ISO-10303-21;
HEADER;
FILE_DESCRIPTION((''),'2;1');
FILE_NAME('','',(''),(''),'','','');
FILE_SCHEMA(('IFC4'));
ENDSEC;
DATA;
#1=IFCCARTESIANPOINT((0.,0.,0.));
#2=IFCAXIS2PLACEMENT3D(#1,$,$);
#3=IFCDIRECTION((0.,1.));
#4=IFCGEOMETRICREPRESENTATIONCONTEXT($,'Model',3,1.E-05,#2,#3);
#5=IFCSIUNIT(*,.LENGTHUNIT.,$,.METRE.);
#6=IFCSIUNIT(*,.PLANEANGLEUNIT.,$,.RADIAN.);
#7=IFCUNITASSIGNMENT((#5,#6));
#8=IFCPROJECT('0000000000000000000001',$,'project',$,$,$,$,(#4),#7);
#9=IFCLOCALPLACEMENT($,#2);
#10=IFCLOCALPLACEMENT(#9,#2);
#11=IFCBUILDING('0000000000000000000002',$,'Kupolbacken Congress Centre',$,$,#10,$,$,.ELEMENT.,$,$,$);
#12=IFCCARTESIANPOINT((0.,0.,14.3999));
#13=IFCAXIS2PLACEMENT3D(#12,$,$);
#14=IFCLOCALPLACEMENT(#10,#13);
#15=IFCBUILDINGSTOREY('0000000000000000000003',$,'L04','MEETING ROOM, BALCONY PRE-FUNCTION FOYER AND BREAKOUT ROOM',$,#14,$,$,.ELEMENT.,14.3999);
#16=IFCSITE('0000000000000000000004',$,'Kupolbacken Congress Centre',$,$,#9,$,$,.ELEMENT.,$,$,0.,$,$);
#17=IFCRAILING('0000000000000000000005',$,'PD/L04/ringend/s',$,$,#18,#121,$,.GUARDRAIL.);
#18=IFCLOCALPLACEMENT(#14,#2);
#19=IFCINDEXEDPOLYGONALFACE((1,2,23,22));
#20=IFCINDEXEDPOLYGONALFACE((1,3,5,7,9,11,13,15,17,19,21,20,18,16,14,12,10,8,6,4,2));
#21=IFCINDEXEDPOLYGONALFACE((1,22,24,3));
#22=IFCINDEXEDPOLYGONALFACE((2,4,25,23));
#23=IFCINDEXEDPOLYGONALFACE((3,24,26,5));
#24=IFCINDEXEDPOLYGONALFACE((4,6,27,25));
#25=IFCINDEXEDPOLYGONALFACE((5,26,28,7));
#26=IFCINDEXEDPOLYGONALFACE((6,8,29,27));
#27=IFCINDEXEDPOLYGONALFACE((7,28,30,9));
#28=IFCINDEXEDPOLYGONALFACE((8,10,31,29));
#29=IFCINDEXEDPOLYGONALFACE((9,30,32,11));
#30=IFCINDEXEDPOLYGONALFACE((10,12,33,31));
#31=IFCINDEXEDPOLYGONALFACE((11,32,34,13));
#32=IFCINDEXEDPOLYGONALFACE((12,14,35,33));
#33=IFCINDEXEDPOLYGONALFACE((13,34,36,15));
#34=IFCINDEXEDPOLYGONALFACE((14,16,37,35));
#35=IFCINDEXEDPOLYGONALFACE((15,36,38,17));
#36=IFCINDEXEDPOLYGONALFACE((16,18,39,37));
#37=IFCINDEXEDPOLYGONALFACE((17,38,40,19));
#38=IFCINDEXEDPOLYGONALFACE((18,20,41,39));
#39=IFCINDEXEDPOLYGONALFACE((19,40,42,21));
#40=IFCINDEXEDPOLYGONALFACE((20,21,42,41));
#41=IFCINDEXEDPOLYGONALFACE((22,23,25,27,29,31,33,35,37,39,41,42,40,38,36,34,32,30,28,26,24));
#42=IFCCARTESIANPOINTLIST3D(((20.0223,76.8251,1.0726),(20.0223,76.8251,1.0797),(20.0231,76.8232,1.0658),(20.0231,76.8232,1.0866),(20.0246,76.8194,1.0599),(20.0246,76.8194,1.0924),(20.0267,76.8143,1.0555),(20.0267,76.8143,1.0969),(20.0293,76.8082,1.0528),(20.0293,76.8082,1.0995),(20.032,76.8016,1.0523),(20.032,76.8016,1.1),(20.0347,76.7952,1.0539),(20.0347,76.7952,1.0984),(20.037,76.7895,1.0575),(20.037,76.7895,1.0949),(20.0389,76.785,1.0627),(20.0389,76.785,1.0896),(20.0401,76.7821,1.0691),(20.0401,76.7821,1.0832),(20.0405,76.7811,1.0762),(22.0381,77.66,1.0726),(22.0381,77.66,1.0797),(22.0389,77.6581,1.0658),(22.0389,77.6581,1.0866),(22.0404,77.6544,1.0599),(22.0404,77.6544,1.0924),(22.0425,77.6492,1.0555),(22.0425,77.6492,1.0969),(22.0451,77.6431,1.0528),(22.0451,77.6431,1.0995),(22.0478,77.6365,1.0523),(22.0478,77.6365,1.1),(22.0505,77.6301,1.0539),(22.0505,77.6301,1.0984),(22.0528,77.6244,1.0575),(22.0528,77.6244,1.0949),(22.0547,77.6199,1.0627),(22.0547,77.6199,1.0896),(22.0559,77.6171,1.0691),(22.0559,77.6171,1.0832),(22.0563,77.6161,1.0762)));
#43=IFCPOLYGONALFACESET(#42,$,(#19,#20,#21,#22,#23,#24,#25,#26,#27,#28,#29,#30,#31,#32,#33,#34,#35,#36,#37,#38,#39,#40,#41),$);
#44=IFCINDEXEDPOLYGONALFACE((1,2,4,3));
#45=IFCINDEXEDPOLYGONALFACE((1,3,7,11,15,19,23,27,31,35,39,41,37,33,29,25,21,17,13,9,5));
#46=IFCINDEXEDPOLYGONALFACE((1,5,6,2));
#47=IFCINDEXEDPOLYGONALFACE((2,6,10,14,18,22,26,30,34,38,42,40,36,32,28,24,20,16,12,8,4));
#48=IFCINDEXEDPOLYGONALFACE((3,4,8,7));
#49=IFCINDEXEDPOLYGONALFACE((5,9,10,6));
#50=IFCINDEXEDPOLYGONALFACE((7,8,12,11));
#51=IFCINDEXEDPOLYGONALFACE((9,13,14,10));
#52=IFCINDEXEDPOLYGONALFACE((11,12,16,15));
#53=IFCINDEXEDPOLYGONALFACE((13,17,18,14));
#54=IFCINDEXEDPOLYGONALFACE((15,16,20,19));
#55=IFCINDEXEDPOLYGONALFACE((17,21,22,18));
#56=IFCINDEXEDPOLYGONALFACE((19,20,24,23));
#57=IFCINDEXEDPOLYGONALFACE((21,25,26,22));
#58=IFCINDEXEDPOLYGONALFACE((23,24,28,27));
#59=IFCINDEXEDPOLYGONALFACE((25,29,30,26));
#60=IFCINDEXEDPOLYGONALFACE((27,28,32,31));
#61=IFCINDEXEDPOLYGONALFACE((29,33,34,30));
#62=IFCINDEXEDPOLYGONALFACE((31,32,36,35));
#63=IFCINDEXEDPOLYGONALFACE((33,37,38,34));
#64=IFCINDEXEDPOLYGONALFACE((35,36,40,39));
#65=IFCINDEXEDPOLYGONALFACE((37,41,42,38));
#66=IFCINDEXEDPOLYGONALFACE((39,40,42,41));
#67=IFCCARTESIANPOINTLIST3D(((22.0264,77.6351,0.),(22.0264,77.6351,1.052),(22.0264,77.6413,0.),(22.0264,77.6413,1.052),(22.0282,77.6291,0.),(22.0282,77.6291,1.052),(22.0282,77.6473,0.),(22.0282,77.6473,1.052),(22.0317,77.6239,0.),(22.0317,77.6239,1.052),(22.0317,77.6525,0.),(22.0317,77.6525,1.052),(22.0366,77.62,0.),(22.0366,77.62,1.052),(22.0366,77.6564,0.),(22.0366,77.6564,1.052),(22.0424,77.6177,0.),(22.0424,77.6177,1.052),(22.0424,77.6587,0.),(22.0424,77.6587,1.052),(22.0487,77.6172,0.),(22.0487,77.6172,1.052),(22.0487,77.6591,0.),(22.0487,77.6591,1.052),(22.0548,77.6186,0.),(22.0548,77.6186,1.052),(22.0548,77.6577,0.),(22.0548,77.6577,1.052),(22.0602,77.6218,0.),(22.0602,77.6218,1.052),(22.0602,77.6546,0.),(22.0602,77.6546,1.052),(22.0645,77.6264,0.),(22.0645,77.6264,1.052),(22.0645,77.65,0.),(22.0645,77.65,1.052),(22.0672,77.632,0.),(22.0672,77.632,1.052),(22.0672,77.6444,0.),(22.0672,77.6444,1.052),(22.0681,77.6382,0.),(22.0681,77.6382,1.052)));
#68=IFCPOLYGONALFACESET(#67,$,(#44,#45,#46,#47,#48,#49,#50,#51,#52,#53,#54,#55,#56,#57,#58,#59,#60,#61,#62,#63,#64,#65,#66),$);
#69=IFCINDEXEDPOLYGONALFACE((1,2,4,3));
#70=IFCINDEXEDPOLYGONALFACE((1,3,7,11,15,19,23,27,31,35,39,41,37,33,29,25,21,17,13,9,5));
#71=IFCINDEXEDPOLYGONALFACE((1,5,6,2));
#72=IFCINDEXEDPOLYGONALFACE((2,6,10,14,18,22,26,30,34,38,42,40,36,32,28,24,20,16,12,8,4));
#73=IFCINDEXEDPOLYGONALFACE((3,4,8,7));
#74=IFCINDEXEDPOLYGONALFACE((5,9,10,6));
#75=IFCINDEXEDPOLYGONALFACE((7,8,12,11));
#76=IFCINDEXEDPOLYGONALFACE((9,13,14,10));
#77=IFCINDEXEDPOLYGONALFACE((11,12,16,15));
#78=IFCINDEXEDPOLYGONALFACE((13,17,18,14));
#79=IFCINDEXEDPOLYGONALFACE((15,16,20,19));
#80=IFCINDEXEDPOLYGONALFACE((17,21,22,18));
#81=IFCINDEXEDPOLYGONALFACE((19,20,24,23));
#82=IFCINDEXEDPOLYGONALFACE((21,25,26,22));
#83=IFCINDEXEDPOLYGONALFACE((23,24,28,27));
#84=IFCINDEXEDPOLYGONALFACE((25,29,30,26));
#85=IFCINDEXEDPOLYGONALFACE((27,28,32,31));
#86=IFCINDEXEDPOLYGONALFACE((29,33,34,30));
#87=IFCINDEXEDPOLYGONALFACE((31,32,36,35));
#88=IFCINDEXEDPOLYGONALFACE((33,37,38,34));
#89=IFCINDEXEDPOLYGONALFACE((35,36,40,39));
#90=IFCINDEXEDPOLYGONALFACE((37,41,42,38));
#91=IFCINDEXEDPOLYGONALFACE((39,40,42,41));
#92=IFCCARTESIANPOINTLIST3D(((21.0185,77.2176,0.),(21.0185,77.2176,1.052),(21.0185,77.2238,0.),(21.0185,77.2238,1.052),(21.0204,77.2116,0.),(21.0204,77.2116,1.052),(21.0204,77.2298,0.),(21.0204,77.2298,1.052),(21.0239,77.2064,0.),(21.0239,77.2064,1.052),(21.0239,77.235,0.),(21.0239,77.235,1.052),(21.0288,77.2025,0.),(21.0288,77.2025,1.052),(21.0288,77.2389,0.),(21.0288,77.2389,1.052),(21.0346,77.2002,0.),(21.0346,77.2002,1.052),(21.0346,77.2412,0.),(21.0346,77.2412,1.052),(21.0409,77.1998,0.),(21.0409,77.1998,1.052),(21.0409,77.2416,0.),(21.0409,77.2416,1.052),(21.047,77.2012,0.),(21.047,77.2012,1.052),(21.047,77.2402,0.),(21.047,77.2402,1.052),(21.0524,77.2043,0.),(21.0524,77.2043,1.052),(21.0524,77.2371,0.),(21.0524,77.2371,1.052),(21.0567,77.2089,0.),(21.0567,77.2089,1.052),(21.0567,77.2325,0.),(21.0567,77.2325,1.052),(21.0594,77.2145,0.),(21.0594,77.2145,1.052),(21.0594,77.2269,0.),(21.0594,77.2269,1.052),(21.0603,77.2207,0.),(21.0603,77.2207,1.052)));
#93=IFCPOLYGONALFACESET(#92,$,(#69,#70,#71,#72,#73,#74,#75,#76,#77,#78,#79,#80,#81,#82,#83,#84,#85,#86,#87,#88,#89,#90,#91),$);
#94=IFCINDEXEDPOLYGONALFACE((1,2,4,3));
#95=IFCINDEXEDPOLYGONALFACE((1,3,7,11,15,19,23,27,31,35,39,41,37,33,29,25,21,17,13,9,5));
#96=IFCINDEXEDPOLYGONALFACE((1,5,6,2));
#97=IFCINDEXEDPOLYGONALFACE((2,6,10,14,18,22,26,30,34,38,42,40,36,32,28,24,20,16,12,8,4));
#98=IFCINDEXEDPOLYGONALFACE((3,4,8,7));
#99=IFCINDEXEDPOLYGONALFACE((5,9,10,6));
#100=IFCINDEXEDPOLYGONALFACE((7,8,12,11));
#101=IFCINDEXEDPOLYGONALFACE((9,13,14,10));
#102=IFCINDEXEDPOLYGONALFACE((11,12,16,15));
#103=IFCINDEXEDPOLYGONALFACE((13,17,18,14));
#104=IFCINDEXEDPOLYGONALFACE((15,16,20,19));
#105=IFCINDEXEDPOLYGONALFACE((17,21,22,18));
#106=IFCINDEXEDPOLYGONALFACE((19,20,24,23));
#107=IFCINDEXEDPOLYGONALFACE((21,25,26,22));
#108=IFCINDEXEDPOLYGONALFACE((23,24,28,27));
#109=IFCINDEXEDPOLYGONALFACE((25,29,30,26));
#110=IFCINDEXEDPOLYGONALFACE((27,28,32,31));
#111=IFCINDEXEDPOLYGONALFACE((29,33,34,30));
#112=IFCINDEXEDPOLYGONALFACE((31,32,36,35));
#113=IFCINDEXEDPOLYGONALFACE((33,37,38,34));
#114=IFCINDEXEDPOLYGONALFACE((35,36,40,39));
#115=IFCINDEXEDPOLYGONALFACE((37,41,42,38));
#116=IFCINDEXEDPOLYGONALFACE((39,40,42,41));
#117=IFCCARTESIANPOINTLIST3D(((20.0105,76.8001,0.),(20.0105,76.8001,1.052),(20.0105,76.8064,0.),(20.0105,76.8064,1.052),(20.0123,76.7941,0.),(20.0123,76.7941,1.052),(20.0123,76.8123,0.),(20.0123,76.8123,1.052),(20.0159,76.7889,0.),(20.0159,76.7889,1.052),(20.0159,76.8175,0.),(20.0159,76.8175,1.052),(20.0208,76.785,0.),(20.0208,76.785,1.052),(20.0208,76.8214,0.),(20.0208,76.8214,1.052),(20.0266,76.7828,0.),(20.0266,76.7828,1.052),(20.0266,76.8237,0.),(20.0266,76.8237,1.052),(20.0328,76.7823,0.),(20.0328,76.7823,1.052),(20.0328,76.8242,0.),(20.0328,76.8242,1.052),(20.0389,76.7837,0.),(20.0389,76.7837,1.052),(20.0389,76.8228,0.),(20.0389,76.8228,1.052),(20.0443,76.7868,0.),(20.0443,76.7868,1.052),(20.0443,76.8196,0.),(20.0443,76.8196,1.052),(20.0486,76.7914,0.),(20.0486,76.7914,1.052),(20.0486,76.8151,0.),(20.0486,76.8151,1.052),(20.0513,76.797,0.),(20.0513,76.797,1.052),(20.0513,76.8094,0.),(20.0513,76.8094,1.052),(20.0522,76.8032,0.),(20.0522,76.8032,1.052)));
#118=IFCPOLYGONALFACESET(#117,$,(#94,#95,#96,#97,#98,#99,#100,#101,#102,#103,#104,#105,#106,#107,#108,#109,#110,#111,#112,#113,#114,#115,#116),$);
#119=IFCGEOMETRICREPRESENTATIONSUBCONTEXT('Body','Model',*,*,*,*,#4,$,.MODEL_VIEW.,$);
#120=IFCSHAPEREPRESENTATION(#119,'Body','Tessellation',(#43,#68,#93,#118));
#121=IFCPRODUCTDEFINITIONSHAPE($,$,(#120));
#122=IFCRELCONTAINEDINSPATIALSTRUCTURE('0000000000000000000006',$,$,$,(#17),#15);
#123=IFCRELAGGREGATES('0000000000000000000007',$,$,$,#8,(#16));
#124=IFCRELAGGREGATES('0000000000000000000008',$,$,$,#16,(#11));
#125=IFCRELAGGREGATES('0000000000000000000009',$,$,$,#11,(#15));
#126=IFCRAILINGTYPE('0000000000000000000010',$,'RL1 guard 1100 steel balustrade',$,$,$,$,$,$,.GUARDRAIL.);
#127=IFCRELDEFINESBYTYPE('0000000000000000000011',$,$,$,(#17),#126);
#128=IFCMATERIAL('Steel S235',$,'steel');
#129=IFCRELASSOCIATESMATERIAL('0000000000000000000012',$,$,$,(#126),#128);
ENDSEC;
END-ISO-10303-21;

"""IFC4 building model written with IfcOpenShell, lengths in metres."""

from ifc_helpers import new_model, si_unit, direction, frame, origin, origin_2d, place, context, subcontext, project, spatial, circle, extrude, material, type_object, element, save


model = new_model("IFC4")

# Units and contexts
model_context = context("Model", 3, precision=1e-05, world=origin(), true_north=direction((0.0, 1.0)))
body_context = subcontext(model_context, "Body", "Model", "MODEL_VIEW")
ifc_project = project(units=[si_unit("LENGTHUNIT", "METRE"), si_unit("PLANEANGLEUNIT", "RADIAN")], contexts=[model_context])

# Site, building, storey
site_placement = place(None, origin())
site = spatial("IfcSite", under=ifc_project, at=site_placement, Name="Kupolbacken Congress Centre", CompositionType="ELEMENT", RefElevation=0.0)
building_placement = place(site_placement, origin())
building = spatial("IfcBuilding", under=site, at=building_placement, Name="Kupolbacken Congress Centre", CompositionType="ELEMENT")
storey_placement = place(building_placement, frame((0.0, 0.0, 14.3999)))
storey = spatial("IfcBuildingStorey", under=building, at=storey_placement, Name="L04", Description="MEETING ROOM, BALCONY PRE-FUNCTION FOYER AND BREAKOUT ROOM", CompositionType="ELEMENT", Elevation=14.3999)

# Railing
ifc_material_1 = material(Name="Steel S235", Category="steel")
railing_type = type_object("IfcRailingType", Name="RL1 guard 1100 steel balustrade", PredefinedType="GUARDRAIL", material=ifc_material_1)
railing_1_placement = place(storey_placement, frame((22.0471, 77.6382, 0.0)))
element("IfcRailing", 1, at=railing_1_placement, inside=storey, type_object=railing_type, Name="PD/L04/ringend/s", PredefinedType="GUARDRAIL", context=body_context, shape_type="SweptSolid", body=[
    extrude(circle(Radius=0.0239, at=origin_2d()), frame((0.0, 0.0, 1.0762), z_axis=(-0.923886, -0.382668, 0.0), x_axis=(0.382668, -0.923886, 0.0)), (0.0, 0.0, 1.0), 2.1819),
    extrude(circle(Radius=0.021, at=origin_2d()), origin(), (0.0, 0.0, 1.0), 1.052),
    extrude(circle(Radius=0.021, at=origin_2d()), frame((-1.0078, -0.4175, 0.0)), (0.0, 0.0, 1.0), 1.052),
    extrude(circle(Radius=0.021, at=origin_2d()), frame((-2.0159, -0.835, 0.0)), (0.0, 0.0, 1.0), 1.052),
])

save(model, "model.ifc")
